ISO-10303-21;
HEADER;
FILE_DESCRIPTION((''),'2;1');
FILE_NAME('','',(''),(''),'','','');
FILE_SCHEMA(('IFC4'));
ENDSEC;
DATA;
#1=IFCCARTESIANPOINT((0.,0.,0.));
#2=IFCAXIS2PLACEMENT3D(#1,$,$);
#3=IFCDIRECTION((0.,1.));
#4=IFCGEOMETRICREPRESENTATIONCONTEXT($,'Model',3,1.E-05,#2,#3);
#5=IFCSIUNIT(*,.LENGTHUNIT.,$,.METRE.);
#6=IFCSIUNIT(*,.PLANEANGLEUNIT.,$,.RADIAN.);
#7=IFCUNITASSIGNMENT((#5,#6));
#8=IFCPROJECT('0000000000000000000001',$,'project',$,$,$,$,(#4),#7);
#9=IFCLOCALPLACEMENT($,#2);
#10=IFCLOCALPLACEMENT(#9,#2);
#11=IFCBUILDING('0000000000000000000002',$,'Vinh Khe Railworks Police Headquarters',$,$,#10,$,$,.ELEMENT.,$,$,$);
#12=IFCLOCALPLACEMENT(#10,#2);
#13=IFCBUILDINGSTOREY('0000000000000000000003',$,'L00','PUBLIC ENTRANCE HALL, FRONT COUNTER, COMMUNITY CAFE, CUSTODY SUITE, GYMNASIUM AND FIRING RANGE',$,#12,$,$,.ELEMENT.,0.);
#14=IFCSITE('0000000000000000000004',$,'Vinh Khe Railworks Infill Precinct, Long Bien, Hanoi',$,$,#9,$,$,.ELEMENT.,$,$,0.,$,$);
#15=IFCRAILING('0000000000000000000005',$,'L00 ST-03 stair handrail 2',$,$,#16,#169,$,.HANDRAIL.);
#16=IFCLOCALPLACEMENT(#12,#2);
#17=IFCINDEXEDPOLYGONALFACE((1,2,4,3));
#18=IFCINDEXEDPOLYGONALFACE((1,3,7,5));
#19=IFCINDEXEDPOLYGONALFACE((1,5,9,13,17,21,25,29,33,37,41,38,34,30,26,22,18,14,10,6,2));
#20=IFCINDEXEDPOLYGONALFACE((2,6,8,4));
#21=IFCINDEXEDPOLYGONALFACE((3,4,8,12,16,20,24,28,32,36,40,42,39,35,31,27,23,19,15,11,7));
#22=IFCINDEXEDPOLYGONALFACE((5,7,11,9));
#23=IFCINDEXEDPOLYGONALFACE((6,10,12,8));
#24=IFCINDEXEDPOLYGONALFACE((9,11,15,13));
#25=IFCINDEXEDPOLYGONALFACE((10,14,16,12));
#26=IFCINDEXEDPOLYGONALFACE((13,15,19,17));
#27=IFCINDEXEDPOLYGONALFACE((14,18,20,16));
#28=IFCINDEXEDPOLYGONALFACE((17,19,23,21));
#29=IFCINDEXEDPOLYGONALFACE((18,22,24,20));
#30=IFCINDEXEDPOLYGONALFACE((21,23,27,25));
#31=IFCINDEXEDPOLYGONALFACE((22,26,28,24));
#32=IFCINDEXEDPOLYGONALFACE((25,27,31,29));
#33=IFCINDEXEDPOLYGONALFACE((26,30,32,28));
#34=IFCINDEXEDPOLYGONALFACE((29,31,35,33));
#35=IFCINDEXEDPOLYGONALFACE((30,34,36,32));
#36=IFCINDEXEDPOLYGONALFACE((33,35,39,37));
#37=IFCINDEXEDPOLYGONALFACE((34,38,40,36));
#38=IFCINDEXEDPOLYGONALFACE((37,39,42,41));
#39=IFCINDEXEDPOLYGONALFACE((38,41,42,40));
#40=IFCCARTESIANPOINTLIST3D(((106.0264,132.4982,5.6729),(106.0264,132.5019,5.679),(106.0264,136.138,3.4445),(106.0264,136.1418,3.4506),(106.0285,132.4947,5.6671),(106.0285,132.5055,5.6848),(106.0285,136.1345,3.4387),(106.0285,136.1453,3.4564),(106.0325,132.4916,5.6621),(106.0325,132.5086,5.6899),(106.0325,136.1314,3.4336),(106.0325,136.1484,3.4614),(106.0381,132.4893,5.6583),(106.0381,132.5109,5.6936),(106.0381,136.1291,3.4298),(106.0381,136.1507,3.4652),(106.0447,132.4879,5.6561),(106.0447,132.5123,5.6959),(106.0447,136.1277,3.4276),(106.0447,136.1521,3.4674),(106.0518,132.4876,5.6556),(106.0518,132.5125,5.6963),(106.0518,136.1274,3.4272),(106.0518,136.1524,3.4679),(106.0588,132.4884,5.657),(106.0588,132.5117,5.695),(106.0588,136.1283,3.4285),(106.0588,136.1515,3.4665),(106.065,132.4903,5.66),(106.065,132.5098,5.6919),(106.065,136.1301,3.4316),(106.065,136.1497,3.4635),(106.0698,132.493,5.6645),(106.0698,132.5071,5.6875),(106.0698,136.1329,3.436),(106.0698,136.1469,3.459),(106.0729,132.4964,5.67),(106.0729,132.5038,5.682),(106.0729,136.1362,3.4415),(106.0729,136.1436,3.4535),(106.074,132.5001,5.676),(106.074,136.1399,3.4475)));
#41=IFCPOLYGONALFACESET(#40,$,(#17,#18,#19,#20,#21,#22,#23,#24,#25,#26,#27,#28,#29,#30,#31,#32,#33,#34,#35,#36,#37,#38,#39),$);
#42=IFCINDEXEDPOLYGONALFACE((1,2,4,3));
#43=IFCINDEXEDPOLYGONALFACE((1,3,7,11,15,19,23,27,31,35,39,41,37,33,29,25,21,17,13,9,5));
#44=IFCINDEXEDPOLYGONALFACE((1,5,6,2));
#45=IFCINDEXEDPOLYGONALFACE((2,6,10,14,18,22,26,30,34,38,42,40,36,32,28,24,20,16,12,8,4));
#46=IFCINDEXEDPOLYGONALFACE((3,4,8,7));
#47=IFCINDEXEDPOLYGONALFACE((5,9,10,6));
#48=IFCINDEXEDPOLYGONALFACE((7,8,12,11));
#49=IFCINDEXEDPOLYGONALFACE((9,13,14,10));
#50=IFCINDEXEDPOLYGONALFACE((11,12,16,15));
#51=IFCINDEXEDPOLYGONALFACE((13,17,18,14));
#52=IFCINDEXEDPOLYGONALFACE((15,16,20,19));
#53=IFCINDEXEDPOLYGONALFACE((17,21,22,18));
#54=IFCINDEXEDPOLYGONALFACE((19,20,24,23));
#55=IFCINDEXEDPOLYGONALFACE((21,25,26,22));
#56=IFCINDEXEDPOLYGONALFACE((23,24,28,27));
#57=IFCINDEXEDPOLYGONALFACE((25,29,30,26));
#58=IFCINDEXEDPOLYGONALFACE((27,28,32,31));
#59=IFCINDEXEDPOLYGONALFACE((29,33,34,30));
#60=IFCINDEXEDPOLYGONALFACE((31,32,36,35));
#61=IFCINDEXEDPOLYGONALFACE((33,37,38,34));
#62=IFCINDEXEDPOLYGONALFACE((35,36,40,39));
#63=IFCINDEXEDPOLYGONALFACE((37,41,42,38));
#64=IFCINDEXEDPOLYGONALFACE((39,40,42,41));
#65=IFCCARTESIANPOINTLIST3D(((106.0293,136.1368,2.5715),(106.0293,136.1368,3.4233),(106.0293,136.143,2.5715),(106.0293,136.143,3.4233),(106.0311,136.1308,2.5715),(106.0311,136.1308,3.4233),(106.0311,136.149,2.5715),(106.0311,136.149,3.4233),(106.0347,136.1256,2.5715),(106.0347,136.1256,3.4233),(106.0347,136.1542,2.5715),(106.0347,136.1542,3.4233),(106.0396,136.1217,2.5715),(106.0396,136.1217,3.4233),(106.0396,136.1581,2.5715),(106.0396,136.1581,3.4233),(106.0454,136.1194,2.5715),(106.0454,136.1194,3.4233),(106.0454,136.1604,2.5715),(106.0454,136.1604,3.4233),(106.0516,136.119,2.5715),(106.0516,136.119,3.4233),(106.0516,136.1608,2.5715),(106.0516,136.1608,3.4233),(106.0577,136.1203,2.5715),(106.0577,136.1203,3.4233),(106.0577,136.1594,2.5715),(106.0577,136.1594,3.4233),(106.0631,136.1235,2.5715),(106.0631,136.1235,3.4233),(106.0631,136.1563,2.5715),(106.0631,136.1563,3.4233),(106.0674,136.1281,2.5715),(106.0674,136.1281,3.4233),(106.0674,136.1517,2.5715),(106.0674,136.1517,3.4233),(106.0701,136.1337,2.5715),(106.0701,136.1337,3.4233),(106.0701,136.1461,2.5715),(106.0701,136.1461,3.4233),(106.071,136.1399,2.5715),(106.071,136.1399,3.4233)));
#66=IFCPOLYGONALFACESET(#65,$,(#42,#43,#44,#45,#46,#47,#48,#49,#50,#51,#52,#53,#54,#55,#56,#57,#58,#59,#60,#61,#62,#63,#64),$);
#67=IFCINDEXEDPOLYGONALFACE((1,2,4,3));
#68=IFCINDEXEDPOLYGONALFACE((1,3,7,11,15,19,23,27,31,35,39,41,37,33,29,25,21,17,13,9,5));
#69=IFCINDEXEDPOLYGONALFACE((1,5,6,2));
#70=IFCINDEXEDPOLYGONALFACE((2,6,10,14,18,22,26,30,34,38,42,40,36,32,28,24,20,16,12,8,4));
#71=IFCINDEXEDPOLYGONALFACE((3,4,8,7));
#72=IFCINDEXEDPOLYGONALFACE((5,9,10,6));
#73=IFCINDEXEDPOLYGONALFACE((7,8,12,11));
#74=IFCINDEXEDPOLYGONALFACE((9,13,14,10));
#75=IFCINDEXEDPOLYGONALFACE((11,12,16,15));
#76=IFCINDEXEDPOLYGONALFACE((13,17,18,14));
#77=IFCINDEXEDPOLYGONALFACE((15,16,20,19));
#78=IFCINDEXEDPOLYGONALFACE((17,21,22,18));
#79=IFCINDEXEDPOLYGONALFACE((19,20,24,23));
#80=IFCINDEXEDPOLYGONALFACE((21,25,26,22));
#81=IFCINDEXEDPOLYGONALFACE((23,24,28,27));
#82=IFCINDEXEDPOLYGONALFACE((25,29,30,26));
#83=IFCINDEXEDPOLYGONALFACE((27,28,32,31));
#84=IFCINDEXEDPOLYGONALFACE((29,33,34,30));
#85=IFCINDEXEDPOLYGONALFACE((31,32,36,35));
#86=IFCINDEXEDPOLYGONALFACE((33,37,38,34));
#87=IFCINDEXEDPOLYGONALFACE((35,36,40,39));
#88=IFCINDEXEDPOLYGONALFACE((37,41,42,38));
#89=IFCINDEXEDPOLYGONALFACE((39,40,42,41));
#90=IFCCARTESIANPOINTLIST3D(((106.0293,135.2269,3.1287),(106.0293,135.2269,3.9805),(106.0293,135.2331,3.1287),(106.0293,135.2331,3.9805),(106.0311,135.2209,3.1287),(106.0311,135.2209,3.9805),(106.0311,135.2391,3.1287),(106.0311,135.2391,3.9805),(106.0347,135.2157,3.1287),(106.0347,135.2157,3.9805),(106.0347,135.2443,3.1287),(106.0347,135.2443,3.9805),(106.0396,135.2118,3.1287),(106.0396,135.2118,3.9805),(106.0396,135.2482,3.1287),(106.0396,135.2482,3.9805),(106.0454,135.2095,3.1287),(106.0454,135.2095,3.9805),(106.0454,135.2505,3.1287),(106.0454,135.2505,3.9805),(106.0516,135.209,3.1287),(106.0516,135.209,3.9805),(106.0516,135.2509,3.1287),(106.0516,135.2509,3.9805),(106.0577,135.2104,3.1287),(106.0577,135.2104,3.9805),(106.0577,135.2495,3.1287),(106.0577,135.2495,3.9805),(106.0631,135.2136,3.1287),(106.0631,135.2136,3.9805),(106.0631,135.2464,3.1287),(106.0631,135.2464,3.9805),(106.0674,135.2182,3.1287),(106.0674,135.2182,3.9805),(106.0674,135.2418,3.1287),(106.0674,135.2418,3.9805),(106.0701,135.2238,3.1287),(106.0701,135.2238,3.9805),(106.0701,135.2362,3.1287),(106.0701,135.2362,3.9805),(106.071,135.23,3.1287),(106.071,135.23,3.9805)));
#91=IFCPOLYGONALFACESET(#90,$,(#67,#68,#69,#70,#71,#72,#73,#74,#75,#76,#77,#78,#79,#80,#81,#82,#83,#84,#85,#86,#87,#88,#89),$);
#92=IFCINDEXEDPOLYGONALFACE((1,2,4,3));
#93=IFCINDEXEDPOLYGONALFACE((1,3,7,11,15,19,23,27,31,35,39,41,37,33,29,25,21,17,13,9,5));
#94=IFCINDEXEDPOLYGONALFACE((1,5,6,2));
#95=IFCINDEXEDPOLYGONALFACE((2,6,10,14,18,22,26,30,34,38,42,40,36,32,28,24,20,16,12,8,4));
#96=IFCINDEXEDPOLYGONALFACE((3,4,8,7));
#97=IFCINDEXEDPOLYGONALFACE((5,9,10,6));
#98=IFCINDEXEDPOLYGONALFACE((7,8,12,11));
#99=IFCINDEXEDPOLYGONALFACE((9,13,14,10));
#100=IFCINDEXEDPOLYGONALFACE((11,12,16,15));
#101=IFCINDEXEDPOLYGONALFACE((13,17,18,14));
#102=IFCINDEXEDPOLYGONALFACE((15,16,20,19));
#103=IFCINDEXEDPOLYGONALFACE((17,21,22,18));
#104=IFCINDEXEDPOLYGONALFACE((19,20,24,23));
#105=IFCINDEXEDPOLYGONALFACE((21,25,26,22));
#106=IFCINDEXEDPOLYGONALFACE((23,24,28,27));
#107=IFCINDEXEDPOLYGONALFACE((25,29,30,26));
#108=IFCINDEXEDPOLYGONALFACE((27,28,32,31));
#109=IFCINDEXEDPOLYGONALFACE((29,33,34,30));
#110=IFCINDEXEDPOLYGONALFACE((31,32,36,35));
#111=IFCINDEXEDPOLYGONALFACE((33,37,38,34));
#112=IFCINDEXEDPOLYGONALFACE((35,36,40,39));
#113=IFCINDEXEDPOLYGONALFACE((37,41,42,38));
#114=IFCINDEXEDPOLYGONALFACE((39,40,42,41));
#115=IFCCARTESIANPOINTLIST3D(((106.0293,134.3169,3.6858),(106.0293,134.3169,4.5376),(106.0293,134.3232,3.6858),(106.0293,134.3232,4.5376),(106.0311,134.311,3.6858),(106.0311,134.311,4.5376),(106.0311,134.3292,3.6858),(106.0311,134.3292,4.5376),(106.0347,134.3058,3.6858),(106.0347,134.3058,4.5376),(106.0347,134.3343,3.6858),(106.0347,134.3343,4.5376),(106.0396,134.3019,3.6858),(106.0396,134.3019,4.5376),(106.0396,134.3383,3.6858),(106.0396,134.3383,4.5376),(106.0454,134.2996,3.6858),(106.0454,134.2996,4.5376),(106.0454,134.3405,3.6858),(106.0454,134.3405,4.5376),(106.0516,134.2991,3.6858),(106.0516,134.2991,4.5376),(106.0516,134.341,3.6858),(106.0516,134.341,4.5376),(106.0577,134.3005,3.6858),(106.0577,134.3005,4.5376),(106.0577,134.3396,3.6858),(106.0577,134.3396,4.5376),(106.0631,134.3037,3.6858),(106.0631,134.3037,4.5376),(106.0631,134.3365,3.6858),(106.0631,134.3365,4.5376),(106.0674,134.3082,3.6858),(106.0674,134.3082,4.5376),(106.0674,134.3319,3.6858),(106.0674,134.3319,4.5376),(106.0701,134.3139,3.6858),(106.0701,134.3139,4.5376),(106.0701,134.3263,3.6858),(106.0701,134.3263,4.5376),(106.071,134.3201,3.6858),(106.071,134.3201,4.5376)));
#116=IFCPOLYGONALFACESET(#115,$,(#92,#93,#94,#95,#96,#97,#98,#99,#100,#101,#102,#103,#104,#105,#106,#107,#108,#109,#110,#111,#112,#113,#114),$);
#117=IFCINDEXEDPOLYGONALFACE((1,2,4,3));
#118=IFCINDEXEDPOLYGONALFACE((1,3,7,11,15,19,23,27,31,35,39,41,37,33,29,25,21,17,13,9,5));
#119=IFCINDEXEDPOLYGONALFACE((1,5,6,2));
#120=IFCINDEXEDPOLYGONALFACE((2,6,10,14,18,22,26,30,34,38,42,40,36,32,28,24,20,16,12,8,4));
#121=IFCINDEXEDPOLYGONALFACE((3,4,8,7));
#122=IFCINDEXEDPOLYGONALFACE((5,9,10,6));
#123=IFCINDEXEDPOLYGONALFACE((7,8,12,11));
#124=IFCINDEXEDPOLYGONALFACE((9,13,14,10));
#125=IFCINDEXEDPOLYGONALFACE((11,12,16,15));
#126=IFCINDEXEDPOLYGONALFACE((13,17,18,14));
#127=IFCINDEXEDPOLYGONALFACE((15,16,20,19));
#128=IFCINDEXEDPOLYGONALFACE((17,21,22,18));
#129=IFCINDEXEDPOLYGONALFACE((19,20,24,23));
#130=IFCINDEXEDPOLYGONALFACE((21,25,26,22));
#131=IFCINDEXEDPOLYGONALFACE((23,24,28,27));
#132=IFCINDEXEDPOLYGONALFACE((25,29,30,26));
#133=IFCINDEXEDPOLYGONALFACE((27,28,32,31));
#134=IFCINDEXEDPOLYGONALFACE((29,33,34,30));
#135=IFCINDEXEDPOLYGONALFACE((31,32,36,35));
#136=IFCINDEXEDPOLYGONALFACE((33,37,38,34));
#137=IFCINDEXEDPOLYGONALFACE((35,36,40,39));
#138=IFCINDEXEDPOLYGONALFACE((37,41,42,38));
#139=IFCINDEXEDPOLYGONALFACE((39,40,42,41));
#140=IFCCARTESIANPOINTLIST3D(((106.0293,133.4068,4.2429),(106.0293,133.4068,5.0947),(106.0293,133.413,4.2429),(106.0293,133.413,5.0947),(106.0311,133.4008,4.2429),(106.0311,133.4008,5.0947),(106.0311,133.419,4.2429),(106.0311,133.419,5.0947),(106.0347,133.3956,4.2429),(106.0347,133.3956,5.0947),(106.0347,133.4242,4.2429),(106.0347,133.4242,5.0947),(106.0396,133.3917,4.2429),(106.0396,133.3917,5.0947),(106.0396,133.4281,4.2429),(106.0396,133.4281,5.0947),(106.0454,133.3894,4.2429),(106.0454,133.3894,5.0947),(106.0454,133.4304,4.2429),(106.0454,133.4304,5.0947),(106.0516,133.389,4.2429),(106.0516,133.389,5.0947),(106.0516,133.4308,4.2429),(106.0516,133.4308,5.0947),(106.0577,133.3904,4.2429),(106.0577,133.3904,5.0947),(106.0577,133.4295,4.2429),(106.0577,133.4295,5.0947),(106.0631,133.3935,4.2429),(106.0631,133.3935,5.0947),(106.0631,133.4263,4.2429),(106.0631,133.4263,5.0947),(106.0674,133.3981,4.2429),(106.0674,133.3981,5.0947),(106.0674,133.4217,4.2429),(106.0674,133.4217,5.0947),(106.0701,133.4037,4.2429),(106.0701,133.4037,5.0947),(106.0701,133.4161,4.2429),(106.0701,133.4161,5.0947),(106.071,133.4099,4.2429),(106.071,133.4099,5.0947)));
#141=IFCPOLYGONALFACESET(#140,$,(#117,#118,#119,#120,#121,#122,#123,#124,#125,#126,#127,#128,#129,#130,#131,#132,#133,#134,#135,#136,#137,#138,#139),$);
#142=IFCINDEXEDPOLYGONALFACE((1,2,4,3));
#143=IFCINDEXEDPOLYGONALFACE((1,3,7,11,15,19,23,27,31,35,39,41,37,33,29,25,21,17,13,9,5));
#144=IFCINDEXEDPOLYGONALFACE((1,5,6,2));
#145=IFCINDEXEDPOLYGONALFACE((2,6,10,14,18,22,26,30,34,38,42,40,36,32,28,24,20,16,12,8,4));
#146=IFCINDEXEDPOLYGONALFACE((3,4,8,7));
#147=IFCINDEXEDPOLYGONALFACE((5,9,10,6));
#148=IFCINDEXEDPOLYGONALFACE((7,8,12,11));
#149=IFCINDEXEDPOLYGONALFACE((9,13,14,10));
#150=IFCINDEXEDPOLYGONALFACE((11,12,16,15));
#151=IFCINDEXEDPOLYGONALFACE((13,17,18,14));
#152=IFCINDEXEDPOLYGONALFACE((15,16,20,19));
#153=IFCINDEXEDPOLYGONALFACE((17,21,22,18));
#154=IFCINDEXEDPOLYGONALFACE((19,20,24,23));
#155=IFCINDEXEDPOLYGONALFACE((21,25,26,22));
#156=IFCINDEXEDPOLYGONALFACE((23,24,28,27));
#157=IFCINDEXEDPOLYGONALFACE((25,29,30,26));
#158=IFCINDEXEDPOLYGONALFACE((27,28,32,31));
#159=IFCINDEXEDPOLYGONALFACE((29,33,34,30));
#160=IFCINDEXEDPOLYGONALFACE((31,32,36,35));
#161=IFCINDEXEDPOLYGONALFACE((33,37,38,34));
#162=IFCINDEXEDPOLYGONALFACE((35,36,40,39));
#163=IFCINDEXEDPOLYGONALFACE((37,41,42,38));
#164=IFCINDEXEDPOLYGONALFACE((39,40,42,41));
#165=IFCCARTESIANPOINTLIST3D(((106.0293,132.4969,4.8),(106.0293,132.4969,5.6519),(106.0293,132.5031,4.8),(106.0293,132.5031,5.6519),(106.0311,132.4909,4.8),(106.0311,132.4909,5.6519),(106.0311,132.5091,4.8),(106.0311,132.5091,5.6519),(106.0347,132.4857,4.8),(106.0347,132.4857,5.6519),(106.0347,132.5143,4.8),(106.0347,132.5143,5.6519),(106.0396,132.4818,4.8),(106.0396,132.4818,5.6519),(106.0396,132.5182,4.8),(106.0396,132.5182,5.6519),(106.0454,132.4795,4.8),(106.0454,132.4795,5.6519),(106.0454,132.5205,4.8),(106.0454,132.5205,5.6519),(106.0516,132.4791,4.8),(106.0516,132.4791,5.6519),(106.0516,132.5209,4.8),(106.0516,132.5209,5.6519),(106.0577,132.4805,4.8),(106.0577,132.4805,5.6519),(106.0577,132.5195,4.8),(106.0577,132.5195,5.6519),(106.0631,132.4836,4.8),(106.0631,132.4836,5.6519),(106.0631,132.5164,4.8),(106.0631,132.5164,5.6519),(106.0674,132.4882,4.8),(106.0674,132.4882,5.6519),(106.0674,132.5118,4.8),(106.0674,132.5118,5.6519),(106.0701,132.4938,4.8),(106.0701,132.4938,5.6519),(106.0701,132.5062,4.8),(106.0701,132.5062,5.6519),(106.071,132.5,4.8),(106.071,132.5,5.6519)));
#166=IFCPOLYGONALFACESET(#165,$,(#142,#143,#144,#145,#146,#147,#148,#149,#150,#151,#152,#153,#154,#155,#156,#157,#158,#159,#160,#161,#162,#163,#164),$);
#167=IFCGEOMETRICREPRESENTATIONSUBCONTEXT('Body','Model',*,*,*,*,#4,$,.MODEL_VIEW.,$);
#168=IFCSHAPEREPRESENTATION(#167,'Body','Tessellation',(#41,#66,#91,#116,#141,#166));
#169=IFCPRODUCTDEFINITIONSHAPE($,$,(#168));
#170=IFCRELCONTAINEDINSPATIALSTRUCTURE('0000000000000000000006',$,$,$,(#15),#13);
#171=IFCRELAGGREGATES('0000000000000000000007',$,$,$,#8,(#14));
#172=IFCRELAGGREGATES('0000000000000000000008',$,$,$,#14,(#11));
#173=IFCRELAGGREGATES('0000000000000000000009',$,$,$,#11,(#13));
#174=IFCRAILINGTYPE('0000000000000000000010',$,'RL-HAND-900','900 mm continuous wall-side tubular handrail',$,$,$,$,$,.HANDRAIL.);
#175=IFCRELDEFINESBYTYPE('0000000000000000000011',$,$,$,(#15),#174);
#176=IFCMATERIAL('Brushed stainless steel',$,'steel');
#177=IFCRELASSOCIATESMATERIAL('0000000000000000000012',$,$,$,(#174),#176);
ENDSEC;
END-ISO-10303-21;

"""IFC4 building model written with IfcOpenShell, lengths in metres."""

from ifc_helpers import new_model, si_unit, direction, frame, origin, origin_2d, place, context, subcontext, project, spatial, circle, extrude, material, type_object, element, save


model = new_model("IFC4")

# Units and contexts
model_context = context("Model", 3, precision=1e-05, world=origin(), true_north=direction((0.0, 1.0)))
body_context = subcontext(model_context, "Body", "Model", "MODEL_VIEW")
ifc_project = project(units=[si_unit("LENGTHUNIT", "METRE"), si_unit("PLANEANGLEUNIT", "RADIAN")], contexts=[model_context])

# Site, building, storey
site_placement = place(None, origin())
site = spatial("IfcSite", under=ifc_project, at=site_placement, Name="Vinh Khe Railworks Infill Precinct, Long Bien, Hanoi", CompositionType="ELEMENT", RefElevation=0.0)
building_placement = place(site_placement, origin())
building = spatial("IfcBuilding", under=site, at=building_placement, Name="Vinh Khe Railworks Police Headquarters", CompositionType="ELEMENT")
storey_placement = place(building_placement, origin())
storey = spatial("IfcBuildingStorey", under=building, at=storey_placement, Name="L00", Description="PUBLIC ENTRANCE HALL, FRONT COUNTER, COMMUNITY CAFE, CUSTODY SUITE, GYMNASIUM AND FIRING RANGE", CompositionType="ELEMENT", Elevation=0.0)

# Railing
ifc_material_1 = material(Name="Brushed stainless steel", Category="steel")
railing_type_1 = type_object("IfcRailingType", Name="RL-HAND-900", Description="900 mm continuous wall-side tubular handrail", PredefinedType="HANDRAIL", material=ifc_material_1)
railing_1_placement = place(storey_placement, frame((106.05, 136.1399, 2.5715)))
element("IfcRailing", 1, at=railing_1_placement, inside=storey, type_object=railing_type_1, Name="L00 ST-03 stair handrail 2", PredefinedType="HANDRAIL", context=body_context, shape_type="SweptSolid", body=[
    extrude(circle(Radius=0.0239, at=origin_2d()), frame((0.0, 0.0, 0.876), z_axis=(0.0, -0.85285, 0.522156), x_axis=(1.0, 0.0, 0.0)), (0.0, 0.0, 1.0), 4.2678),
    extrude(circle(Radius=0.021, at=origin_2d()), origin(), (0.0, 0.0, 1.0), 0.8518),
    extrude(circle(Radius=0.021, at=origin_2d()), frame((0.0, -0.9099, 0.5571)), (0.0, 0.0, 1.0), 0.8518),
    extrude(circle(Radius=0.021, at=origin_2d()), frame((0.0, -1.8198, 1.1143)), (0.0, 0.0, 1.0), 0.8518),
    extrude(circle(Radius=0.021, at=origin_2d()), frame((0.0, -2.73, 1.6714)), (0.0, 0.0, 1.0), 0.8518),
    extrude(circle(Radius=0.021, at=origin_2d()), frame((0.0, -3.6399, 2.2285)), (0.0, 0.0, 1.0), 0.8518),
])

save(model, "model.ifc")
